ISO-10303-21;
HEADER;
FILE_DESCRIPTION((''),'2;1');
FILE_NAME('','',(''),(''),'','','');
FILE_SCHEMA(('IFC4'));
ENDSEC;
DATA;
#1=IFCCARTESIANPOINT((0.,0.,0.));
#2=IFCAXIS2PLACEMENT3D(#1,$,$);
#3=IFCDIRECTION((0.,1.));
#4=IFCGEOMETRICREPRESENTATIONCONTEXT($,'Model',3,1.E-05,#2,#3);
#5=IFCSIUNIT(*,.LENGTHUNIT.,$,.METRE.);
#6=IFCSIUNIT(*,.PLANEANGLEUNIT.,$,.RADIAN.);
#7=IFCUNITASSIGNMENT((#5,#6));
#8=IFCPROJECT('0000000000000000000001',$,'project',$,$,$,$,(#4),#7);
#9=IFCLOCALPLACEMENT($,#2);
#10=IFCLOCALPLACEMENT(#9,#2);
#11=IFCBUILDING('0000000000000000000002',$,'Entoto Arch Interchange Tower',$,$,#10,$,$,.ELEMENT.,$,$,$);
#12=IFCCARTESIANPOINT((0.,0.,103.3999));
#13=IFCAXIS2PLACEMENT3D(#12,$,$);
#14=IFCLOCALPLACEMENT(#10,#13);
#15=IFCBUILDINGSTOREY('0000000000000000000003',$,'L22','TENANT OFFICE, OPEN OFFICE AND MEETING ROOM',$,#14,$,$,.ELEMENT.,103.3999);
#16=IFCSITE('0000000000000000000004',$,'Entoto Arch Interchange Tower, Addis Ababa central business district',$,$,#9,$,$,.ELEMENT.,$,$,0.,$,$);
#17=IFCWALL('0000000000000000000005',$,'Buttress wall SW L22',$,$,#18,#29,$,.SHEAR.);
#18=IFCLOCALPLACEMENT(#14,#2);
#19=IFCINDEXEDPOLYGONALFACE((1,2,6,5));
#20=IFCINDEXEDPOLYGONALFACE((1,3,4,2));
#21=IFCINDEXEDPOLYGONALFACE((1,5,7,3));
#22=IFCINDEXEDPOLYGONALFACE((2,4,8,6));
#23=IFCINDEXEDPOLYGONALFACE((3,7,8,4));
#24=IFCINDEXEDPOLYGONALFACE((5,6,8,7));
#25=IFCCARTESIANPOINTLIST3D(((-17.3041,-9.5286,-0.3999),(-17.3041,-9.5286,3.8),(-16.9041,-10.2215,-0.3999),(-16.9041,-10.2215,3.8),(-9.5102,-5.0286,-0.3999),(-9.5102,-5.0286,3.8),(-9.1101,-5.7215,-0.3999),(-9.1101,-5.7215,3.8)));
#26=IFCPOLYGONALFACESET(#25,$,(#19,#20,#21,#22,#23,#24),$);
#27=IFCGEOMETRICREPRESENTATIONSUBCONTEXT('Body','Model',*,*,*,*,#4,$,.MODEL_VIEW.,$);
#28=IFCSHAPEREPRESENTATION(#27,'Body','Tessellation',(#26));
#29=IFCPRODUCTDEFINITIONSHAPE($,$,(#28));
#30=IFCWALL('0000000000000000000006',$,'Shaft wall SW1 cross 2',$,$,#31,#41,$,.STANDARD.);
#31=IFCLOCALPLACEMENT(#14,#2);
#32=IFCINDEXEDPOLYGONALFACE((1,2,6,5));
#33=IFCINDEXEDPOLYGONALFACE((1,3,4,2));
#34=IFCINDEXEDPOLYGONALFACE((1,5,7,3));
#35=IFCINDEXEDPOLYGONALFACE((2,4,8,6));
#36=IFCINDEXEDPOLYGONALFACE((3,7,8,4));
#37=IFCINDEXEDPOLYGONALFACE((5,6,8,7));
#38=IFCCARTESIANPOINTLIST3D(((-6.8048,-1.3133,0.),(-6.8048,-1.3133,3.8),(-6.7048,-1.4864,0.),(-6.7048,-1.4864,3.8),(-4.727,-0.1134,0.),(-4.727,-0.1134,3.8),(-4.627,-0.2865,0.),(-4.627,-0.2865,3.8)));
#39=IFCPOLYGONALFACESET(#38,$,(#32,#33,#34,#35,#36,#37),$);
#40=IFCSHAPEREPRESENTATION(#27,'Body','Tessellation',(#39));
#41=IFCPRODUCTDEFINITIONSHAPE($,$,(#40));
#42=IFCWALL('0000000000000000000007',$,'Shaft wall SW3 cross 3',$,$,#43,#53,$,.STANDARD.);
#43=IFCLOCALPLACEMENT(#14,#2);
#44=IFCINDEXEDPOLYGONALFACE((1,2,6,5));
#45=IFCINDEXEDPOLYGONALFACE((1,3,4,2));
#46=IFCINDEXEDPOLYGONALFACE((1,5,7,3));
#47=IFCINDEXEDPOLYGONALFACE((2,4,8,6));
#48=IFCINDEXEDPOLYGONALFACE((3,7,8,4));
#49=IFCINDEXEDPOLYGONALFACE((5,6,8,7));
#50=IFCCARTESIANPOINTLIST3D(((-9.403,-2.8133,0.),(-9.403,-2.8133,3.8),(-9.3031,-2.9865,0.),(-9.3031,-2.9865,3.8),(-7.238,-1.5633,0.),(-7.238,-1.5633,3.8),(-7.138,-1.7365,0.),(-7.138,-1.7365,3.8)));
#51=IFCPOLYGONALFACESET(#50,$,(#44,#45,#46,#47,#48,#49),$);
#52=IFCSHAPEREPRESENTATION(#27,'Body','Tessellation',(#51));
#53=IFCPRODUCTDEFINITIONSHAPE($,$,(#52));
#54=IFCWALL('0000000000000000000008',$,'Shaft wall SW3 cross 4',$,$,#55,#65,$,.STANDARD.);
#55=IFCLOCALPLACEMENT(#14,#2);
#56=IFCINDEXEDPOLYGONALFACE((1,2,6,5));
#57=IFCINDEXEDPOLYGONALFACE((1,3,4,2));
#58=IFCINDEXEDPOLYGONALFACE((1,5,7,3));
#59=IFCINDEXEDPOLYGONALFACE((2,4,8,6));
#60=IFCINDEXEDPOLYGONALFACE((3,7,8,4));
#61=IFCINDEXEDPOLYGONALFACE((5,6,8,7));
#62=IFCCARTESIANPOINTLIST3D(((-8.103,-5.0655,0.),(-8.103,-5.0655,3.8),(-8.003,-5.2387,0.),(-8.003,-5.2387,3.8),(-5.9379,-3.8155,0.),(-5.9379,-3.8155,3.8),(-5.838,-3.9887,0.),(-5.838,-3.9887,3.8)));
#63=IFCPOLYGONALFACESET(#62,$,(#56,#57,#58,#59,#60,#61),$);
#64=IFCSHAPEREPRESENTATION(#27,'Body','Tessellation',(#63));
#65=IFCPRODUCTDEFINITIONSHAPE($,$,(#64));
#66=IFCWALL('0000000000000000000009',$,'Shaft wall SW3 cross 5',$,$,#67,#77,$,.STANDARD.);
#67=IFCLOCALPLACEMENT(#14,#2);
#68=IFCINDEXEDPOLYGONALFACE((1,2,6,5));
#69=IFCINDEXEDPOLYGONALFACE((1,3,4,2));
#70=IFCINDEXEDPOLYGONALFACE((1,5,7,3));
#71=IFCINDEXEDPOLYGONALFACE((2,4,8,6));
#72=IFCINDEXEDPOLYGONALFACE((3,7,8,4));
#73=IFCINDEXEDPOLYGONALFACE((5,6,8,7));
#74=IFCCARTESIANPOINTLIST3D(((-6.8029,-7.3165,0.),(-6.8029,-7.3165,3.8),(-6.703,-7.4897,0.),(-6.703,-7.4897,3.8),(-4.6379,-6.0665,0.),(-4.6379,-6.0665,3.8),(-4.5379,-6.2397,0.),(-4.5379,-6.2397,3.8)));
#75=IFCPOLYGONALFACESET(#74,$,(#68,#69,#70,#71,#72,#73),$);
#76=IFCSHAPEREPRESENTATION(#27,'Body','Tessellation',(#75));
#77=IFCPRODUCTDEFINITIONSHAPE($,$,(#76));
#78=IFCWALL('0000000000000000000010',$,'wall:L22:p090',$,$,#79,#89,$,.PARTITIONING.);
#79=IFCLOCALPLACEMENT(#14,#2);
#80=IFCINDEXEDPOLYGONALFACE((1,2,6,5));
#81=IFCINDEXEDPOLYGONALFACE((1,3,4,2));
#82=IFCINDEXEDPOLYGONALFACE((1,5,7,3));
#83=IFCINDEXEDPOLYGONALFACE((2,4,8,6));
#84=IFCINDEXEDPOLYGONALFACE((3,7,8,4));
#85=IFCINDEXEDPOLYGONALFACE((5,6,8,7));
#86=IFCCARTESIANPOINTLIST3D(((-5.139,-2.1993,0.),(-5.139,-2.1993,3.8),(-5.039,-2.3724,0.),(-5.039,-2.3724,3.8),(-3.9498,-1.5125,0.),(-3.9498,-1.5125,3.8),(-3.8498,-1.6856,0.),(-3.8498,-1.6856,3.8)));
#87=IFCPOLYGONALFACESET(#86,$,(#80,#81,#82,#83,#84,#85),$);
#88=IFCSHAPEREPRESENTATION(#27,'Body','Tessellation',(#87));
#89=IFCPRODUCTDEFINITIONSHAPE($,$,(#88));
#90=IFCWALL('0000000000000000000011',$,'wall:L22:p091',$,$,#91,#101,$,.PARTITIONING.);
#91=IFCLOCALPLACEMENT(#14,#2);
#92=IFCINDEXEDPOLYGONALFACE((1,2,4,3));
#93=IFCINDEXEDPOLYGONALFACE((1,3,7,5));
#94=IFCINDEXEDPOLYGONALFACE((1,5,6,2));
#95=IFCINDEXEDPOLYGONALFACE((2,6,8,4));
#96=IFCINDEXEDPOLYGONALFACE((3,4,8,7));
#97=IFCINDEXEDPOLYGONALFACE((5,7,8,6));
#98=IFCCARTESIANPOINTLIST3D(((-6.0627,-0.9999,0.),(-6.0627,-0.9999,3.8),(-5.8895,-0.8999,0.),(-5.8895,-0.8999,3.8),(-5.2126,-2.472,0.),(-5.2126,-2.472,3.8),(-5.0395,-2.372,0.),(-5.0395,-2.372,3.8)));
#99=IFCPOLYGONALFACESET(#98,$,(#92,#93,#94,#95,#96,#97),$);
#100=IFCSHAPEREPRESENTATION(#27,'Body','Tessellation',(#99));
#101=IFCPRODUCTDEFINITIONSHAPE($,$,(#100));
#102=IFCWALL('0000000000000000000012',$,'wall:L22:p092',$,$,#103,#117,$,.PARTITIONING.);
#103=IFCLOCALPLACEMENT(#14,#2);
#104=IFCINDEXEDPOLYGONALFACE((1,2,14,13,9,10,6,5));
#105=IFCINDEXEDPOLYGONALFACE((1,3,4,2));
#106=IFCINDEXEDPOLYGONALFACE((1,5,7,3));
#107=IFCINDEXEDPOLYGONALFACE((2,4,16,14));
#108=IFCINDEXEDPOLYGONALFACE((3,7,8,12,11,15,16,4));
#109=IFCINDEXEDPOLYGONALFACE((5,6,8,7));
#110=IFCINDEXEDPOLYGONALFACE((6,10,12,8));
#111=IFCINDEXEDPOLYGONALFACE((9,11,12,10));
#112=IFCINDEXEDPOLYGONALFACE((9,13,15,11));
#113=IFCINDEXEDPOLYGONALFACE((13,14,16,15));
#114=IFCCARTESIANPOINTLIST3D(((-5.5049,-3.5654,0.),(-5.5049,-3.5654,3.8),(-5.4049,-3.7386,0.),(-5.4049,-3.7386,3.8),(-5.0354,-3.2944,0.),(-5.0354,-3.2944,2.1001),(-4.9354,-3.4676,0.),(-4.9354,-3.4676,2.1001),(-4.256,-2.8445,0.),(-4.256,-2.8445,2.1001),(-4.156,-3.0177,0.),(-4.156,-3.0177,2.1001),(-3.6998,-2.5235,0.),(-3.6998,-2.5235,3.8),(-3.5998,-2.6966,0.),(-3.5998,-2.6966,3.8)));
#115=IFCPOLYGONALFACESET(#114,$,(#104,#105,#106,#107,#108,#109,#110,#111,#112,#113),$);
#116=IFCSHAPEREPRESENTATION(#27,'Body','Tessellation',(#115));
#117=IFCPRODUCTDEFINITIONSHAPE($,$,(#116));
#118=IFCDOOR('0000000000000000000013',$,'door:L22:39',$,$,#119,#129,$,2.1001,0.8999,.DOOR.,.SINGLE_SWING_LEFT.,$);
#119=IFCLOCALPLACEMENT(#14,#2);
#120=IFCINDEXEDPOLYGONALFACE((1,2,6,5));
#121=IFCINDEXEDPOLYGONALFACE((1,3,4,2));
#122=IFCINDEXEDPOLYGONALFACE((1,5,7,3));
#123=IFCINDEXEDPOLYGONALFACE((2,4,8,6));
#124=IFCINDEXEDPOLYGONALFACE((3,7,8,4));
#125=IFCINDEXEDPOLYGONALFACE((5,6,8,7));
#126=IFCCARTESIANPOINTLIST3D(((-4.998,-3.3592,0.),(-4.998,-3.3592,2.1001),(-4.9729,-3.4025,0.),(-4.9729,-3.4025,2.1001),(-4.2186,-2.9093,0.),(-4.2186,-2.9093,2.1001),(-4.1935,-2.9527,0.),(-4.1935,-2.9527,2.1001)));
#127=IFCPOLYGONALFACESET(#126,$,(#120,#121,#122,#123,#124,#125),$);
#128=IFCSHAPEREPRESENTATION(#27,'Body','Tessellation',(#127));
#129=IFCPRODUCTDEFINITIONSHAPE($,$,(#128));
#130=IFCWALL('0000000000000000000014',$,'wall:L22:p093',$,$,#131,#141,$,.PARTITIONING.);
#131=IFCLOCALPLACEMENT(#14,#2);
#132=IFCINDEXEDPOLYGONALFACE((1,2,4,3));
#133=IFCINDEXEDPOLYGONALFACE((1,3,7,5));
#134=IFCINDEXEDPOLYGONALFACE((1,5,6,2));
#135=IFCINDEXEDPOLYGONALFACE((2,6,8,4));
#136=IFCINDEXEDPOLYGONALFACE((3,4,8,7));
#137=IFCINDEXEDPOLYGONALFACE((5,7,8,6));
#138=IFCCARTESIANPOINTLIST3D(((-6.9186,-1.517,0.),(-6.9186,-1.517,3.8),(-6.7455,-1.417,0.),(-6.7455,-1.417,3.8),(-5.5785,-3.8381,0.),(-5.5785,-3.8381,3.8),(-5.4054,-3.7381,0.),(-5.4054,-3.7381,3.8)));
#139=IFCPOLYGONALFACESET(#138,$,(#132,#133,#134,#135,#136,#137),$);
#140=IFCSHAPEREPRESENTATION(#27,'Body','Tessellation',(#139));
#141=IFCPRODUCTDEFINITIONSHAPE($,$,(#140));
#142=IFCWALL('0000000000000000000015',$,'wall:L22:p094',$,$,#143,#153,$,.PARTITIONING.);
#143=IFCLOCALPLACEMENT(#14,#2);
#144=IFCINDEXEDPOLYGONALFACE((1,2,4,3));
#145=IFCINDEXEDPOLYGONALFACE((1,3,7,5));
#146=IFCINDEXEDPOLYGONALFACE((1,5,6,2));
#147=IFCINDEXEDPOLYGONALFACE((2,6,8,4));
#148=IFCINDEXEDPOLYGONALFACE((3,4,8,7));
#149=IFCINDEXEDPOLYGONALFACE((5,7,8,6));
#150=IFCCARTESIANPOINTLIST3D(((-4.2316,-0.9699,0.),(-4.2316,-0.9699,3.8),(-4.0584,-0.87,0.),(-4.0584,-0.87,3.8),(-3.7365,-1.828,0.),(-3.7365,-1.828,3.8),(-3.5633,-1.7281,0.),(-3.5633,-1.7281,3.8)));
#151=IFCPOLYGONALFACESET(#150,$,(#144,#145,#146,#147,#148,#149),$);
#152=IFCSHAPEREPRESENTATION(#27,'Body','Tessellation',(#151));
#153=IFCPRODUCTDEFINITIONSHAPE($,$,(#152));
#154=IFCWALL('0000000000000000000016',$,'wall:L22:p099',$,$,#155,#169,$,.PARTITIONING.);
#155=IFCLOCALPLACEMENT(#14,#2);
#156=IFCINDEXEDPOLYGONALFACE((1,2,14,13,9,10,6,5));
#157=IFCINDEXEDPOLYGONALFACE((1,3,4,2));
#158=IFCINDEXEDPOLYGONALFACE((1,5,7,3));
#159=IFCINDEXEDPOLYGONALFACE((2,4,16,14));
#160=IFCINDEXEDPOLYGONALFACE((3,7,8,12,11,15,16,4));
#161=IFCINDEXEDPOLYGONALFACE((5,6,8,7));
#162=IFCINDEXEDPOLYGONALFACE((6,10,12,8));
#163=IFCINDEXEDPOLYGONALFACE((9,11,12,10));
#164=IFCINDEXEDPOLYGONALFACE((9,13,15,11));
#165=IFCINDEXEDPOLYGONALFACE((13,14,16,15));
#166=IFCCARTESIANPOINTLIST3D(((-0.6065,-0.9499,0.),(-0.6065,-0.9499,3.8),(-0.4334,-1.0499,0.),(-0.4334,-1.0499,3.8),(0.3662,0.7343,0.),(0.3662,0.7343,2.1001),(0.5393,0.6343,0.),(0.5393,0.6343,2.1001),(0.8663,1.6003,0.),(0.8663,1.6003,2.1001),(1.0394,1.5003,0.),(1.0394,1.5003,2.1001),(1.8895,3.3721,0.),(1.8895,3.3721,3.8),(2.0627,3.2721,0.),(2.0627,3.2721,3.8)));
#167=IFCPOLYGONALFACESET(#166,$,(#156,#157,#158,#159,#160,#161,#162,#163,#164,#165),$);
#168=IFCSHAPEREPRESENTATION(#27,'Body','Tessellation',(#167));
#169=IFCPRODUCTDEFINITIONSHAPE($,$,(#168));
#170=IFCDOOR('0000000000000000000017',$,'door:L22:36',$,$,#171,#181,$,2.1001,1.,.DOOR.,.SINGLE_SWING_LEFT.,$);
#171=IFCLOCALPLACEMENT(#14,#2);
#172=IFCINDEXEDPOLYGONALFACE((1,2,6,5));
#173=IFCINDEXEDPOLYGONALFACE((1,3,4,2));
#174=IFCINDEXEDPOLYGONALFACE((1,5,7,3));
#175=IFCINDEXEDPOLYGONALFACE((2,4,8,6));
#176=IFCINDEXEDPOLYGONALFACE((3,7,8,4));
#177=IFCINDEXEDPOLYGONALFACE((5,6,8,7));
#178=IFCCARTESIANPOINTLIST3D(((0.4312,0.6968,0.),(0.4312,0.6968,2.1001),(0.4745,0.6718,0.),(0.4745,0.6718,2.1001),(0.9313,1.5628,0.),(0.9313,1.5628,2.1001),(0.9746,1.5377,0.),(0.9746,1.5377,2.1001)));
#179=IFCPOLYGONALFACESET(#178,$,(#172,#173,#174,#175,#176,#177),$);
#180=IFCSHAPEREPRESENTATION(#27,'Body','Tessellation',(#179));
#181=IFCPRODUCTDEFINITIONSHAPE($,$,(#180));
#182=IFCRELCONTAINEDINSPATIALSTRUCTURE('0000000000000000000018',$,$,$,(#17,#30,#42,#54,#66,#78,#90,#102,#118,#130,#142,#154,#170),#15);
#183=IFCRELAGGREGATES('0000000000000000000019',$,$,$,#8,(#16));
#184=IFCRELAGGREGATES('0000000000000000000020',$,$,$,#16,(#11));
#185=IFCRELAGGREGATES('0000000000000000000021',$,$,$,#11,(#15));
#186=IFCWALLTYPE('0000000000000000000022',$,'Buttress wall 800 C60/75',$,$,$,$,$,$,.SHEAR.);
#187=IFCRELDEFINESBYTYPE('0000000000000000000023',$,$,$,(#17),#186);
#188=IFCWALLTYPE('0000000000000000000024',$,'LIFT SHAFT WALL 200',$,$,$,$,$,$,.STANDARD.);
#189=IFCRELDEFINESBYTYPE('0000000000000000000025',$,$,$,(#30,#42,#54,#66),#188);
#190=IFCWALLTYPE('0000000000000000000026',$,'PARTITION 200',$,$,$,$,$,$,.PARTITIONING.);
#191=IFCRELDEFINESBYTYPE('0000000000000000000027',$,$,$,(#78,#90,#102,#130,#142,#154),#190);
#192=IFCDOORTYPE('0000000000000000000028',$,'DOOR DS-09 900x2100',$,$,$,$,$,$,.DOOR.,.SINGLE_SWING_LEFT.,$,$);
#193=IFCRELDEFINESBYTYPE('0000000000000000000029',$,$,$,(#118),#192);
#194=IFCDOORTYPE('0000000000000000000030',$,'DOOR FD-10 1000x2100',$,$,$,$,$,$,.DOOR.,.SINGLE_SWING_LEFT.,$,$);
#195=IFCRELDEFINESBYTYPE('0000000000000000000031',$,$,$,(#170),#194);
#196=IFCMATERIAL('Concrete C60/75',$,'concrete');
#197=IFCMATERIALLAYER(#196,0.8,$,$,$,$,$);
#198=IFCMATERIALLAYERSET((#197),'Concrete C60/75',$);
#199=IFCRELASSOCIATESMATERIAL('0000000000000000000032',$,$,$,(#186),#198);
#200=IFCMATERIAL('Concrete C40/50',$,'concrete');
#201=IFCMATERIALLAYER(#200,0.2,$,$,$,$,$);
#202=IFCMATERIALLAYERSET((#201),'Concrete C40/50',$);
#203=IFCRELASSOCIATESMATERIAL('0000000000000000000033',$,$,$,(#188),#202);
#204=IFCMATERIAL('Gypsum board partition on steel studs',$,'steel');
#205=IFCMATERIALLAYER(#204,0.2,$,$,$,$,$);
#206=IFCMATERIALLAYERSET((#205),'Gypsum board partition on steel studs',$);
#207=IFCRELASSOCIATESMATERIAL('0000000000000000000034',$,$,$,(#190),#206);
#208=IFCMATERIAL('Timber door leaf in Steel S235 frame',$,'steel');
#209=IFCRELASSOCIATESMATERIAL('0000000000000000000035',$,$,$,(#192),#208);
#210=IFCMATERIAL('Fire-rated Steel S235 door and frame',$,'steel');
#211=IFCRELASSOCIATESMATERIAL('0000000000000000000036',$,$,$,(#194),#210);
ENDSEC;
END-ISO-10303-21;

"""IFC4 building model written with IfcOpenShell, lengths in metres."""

from ifc_helpers import new_model, si_unit, direction, frame, frame_2d, origin, place, context, subcontext, project, spatial, rectangle, extrude, material, layer, layer_set, type_object, element, fill, save


model = new_model("IFC4")

# Units and contexts
model_context = context("Model", 3, precision=1e-05, world=origin(), true_north=direction((0.0, 1.0)))
body_context = subcontext(model_context, "Body", "Model", "MODEL_VIEW")
ifc_project = project(units=[si_unit("LENGTHUNIT", "METRE"), si_unit("PLANEANGLEUNIT", "RADIAN")], contexts=[model_context])

# Site, building, storey
site_placement = place(None, origin())
site = spatial("IfcSite", under=ifc_project, at=site_placement, Name="Entoto Arch Interchange Tower, Addis Ababa central business district", CompositionType="ELEMENT", RefElevation=0.0)
building_placement = place(site_placement, origin())
building = spatial("IfcBuilding", under=site, at=building_placement, Name="Entoto Arch Interchange Tower", CompositionType="ELEMENT")
storey_placement = place(building_placement, frame((0.0, 0.0, 103.3999)))
storey = spatial("IfcBuildingStorey", under=building, at=storey_placement, Name="L22", Description="TENANT OFFICE, OPEN OFFICE AND MEETING ROOM", CompositionType="ELEMENT", Elevation=103.3999)

# Walls
ifc_material_1 = material(Name="Concrete C60/75", Category="concrete")
ifc_layer_1 = layer(ifc_material_1, 0.8)
ifc_layer_set_1 = layer_set([ifc_layer_1], Name="Concrete C60/75")
wall_type_1 = type_object("IfcWallType", Name="Buttress wall 800 C60/75", PredefinedType="SHEAR", material=ifc_layer_set_1)
wall_1_placement = place(storey_placement, frame((-9.3101, -5.375, -0.3999), z_axis=(0.0, 0.0, 1.0), x_axis=(-0.866018, -0.500014, 0.0)))
element("IfcWall", 1, at=wall_1_placement, inside=storey, type_object=wall_type_1, Name="Buttress wall SW L22", PredefinedType="SHEAR", context=body_context, shape_type="SweptSolid", body=[
    extrude(rectangle(XDim=8.9998, YDim=0.8, at=frame_2d((4.5, 0.0))), origin(), (0.0, 0.0, 1.0), 4.2),
])
ifc_material_2 = material(Name="Concrete C40/50", Category="concrete")
ifc_layer_2 = layer(ifc_material_2, 0.2)
ifc_layer_set_2 = layer_set([ifc_layer_2], Name="Concrete C40/50")
wall_type_2 = type_object("IfcWallType", Name="LIFT SHAFT WALL 200", PredefinedType="STANDARD", material=ifc_layer_set_2)
wall_2_placement = place(storey_placement, frame((-4.677, -0.2, 0.0), z_axis=(0.0, 0.0, 1.0), x_axis=(-0.865974, -0.500089, 0.0)))
element("IfcWall", 2, at=wall_2_placement, inside=storey, type_object=wall_type_2, Name="Shaft wall SW1 cross 2", PredefinedType="STANDARD", context=body_context, shape_type="SweptSolid", body=[
    extrude(rectangle(XDim=2.3994, YDim=0.2, at=frame_2d((1.1997, 0.0))), origin(), (0.0, 0.0, 1.0), 3.8),
])
for number, where, z_axis, x_axis, name in (
    (3, (-7.188, -1.6499, 0.0), (0.0, 0.0, 1.0), (-0.866023, -0.500004, 0.0), "Shaft wall SW3 cross 3"),
    (4, (-5.8879, -3.9021, 0.0), (0.0, 0.0, 1.0), (-0.866023, -0.500004, 0.0), "Shaft wall SW3 cross 4"),
    (5, (-4.5879, -6.1531, 0.0), (0.0, 0.0, 1.0), (-0.866023, -0.500004, 0.0), "Shaft wall SW3 cross 5"),
):
    element("IfcWall", number, at=place(storey_placement, frame(where, z_axis=z_axis, x_axis=x_axis)), inside=storey, type_object=wall_type_2, Name=name, PredefinedType="STANDARD", context=body_context, shape_type="SweptSolid", body=[
        extrude(rectangle(XDim=2.5, YDim=0.2, at=frame_2d((1.25, 0.0))), origin(), (0.0, 0.0, 1.0), 3.8),
    ])
ifc_material_3 = material(Name="Gypsum board partition on steel studs", Category="steel")
ifc_layer_3 = layer(ifc_material_3, 0.2)
ifc_layer_set_3 = layer_set([ifc_layer_3], Name="Gypsum board partition on steel studs")
wall_type_3 = type_object("IfcWallType", Name="PARTITION 200", PredefinedType="PARTITIONING", material=ifc_layer_set_3)
wall_3_placement = place(storey_placement, frame((-3.8999, -1.5991, 0.0), z_axis=(0.0, 0.0, 1.0), x_axis=(-0.865969, -0.500097, 0.0)))
element("IfcWall", 6, at=wall_3_placement, inside=storey, type_object=wall_type_3, Name="wall:L22:p090", PredefinedType="PARTITIONING", context=body_context, shape_type="SweptSolid", body=[
    extrude(rectangle(XDim=1.3733, YDim=0.2, at=frame_2d((0.6865, 0.0))), origin(), (0.0, 0.0, 1.0), 3.8),
])
wall_4_placement = place(storey_placement, frame((-5.126, -2.4221, 0.0), z_axis=(0.0, 0.0, 1.0), x_axis=(-0.500062, 0.865989, 0.0)))
element("IfcWall", 7, at=wall_4_placement, inside=storey, type_object=wall_type_3, Name="wall:L22:p091", PredefinedType="PARTITIONING", context=body_context, shape_type="SweptSolid", body=[
    extrude(rectangle(XDim=1.7, YDim=0.2, at=frame_2d((0.8501, 0.0))), origin(), (0.0, 0.0, 1.0), 3.8),
])

# Wall, opening, door
wall_5_placement = place(storey_placement, frame((-3.6499, -2.6101, 0.0), z_axis=(0.0, 0.0, 1.0), x_axis=(-0.866072, -0.499918, 0.0)))
wall_5 = element("IfcWall", 8, at=wall_5_placement, inside=storey, type_object=wall_type_3, Name="wall:L22:p092", PredefinedType="PARTITIONING", context=body_context, shape_type="SweptSolid", body=[
    extrude(rectangle(XDim=2.0842, YDim=0.2, at=frame_2d((1.042, 0.0))), origin(), (0.0, 0.0, 1.0), 3.8),
])
opening_1_placement = place(wall_5_placement, frame((0.6421, 0.0, 0.0)))
opening_1 = element("IfcOpeningElement", 9, at=opening_1_placement, cuts=wall_5, PredefinedType="OPENING", context=body_context, shape_type="SweptSolid", body=[
    extrude(rectangle(XDim=0.8999, YDim=2.1001, at=frame_2d((0.45, 1.05))), frame((0.0, 0.1099, 0.0), z_axis=(0.0, -1.0, 0.0), x_axis=(1.0, 0.0, 0.0)), (0.0, 0.0, 1.0), 0.22),
])
ifc_material_4 = material(Name="Timber door leaf in Steel S235 frame", Category="steel")
door_type_1 = type_object("IfcDoorType", Name="DOOR DS-09 900x2100", OperationType="SINGLE_SWING_LEFT", PredefinedType="DOOR", material=ifc_material_4)
door_1_placement = place(opening_1_placement, origin())
door_1 = element("IfcDoor", 10, at=door_1_placement, inside=storey, type_object=door_type_1, Name="door:L22:39", OperationType="SINGLE_SWING_LEFT", OverallHeight=2.1001, OverallWidth=0.8999, PredefinedType="DOOR", context=body_context, shape_type="SweptSolid", body=[
    extrude(rectangle(XDim=0.8999, YDim=2.1001, at=frame_2d((0.45, 1.05))), frame((0.0, 0.0249, 0.0), z_axis=(0.0, -1.0, 0.0), x_axis=(1.0, 0.0, 0.0)), (0.0, 0.0, 1.0), 0.05),
])
fill(opening_1, door_1)

# Walls
wall_6_placement = place(storey_placement, frame((-5.4919, -3.7881, 0.0), z_axis=(0.0, 0.0, 1.0), x_axis=(-0.500009, 0.86602, 0.0)))
element("IfcWall", 11, at=wall_6_placement, inside=storey, type_object=wall_type_3, Name="wall:L22:p093", PredefinedType="PARTITIONING", context=body_context, shape_type="SweptSolid", body=[
    extrude(rectangle(XDim=2.6802, YDim=0.2, at=frame_2d((1.3401, 0.0))), origin(), (0.0, 0.0, 1.0), 3.8),
])
wall_7_placement = place(storey_placement, frame((-4.145, -0.9199, 0.0), z_axis=(0.0, 0.0, 1.0), x_axis=(0.499744, -0.866173, 0.0)))
element("IfcWall", 12, at=wall_7_placement, inside=storey, type_object=wall_type_3, Name="wall:L22:p094", PredefinedType="PARTITIONING", context=body_context, shape_type="SweptSolid", body=[
    extrude(rectangle(XDim=0.9907, YDim=0.2, at=frame_2d((0.4954, 0.0))), origin(), (0.0, 0.0, 1.0), 3.8),
])

# Wall, opening, door
wall_8_placement = place(storey_placement, frame((-0.52, -1.0, 0.0), z_axis=(0.0, 0.0, 1.0), x_axis=(0.500116, 0.865958, 0.0)))
wall_8 = element("IfcWall", 13, at=wall_8_placement, inside=storey, type_object=wall_type_3, Name="wall:L22:p099", PredefinedType="PARTITIONING", context=body_context, shape_type="SweptSolid", body=[
    extrude(rectangle(XDim=4.991, YDim=0.2, at=frame_2d((2.4956, 0.0))), origin(), (0.0, 0.0, 1.0), 3.8),
])
opening_2_placement = place(wall_8_placement, frame((1.9451, 0.0, 0.0)))
opening_2 = element("IfcOpeningElement", 14, at=opening_2_placement, cuts=wall_8, PredefinedType="OPENING", context=body_context, shape_type="SweptSolid", body=[
    extrude(rectangle(XDim=1.0, YDim=2.1001, at=frame_2d((0.5, 1.05))), frame((0.0, 0.1099, 0.0), z_axis=(0.0, -1.0, 0.0), x_axis=(1.0, 0.0, 0.0)), (0.0, 0.0, 1.0), 0.22),
])
ifc_material_5 = material(Name="Fire-rated Steel S235 door and frame", Category="steel")
door_type_2 = type_object("IfcDoorType", Name="DOOR FD-10 1000x2100", OperationType="SINGLE_SWING_LEFT", PredefinedType="DOOR", material=ifc_material_5)
door_2_placement = place(opening_2_placement, origin())
door_2 = element("IfcDoor", 15, at=door_2_placement, inside=storey, type_object=door_type_2, Name="door:L22:36", OperationType="SINGLE_SWING_LEFT", OverallHeight=2.1001, OverallWidth=1.0, PredefinedType="DOOR", context=body_context, shape_type="SweptSolid", body=[
    extrude(rectangle(XDim=1.0, YDim=2.1001, at=frame_2d((0.5, 1.05))), frame((0.0, 0.0249, 0.0), z_axis=(0.0, -1.0, 0.0), x_axis=(1.0, 0.0, 0.0)), (0.0, 0.0, 1.0), 0.05),
])
fill(opening_2, door_2)

save(model, "model.ifc")
